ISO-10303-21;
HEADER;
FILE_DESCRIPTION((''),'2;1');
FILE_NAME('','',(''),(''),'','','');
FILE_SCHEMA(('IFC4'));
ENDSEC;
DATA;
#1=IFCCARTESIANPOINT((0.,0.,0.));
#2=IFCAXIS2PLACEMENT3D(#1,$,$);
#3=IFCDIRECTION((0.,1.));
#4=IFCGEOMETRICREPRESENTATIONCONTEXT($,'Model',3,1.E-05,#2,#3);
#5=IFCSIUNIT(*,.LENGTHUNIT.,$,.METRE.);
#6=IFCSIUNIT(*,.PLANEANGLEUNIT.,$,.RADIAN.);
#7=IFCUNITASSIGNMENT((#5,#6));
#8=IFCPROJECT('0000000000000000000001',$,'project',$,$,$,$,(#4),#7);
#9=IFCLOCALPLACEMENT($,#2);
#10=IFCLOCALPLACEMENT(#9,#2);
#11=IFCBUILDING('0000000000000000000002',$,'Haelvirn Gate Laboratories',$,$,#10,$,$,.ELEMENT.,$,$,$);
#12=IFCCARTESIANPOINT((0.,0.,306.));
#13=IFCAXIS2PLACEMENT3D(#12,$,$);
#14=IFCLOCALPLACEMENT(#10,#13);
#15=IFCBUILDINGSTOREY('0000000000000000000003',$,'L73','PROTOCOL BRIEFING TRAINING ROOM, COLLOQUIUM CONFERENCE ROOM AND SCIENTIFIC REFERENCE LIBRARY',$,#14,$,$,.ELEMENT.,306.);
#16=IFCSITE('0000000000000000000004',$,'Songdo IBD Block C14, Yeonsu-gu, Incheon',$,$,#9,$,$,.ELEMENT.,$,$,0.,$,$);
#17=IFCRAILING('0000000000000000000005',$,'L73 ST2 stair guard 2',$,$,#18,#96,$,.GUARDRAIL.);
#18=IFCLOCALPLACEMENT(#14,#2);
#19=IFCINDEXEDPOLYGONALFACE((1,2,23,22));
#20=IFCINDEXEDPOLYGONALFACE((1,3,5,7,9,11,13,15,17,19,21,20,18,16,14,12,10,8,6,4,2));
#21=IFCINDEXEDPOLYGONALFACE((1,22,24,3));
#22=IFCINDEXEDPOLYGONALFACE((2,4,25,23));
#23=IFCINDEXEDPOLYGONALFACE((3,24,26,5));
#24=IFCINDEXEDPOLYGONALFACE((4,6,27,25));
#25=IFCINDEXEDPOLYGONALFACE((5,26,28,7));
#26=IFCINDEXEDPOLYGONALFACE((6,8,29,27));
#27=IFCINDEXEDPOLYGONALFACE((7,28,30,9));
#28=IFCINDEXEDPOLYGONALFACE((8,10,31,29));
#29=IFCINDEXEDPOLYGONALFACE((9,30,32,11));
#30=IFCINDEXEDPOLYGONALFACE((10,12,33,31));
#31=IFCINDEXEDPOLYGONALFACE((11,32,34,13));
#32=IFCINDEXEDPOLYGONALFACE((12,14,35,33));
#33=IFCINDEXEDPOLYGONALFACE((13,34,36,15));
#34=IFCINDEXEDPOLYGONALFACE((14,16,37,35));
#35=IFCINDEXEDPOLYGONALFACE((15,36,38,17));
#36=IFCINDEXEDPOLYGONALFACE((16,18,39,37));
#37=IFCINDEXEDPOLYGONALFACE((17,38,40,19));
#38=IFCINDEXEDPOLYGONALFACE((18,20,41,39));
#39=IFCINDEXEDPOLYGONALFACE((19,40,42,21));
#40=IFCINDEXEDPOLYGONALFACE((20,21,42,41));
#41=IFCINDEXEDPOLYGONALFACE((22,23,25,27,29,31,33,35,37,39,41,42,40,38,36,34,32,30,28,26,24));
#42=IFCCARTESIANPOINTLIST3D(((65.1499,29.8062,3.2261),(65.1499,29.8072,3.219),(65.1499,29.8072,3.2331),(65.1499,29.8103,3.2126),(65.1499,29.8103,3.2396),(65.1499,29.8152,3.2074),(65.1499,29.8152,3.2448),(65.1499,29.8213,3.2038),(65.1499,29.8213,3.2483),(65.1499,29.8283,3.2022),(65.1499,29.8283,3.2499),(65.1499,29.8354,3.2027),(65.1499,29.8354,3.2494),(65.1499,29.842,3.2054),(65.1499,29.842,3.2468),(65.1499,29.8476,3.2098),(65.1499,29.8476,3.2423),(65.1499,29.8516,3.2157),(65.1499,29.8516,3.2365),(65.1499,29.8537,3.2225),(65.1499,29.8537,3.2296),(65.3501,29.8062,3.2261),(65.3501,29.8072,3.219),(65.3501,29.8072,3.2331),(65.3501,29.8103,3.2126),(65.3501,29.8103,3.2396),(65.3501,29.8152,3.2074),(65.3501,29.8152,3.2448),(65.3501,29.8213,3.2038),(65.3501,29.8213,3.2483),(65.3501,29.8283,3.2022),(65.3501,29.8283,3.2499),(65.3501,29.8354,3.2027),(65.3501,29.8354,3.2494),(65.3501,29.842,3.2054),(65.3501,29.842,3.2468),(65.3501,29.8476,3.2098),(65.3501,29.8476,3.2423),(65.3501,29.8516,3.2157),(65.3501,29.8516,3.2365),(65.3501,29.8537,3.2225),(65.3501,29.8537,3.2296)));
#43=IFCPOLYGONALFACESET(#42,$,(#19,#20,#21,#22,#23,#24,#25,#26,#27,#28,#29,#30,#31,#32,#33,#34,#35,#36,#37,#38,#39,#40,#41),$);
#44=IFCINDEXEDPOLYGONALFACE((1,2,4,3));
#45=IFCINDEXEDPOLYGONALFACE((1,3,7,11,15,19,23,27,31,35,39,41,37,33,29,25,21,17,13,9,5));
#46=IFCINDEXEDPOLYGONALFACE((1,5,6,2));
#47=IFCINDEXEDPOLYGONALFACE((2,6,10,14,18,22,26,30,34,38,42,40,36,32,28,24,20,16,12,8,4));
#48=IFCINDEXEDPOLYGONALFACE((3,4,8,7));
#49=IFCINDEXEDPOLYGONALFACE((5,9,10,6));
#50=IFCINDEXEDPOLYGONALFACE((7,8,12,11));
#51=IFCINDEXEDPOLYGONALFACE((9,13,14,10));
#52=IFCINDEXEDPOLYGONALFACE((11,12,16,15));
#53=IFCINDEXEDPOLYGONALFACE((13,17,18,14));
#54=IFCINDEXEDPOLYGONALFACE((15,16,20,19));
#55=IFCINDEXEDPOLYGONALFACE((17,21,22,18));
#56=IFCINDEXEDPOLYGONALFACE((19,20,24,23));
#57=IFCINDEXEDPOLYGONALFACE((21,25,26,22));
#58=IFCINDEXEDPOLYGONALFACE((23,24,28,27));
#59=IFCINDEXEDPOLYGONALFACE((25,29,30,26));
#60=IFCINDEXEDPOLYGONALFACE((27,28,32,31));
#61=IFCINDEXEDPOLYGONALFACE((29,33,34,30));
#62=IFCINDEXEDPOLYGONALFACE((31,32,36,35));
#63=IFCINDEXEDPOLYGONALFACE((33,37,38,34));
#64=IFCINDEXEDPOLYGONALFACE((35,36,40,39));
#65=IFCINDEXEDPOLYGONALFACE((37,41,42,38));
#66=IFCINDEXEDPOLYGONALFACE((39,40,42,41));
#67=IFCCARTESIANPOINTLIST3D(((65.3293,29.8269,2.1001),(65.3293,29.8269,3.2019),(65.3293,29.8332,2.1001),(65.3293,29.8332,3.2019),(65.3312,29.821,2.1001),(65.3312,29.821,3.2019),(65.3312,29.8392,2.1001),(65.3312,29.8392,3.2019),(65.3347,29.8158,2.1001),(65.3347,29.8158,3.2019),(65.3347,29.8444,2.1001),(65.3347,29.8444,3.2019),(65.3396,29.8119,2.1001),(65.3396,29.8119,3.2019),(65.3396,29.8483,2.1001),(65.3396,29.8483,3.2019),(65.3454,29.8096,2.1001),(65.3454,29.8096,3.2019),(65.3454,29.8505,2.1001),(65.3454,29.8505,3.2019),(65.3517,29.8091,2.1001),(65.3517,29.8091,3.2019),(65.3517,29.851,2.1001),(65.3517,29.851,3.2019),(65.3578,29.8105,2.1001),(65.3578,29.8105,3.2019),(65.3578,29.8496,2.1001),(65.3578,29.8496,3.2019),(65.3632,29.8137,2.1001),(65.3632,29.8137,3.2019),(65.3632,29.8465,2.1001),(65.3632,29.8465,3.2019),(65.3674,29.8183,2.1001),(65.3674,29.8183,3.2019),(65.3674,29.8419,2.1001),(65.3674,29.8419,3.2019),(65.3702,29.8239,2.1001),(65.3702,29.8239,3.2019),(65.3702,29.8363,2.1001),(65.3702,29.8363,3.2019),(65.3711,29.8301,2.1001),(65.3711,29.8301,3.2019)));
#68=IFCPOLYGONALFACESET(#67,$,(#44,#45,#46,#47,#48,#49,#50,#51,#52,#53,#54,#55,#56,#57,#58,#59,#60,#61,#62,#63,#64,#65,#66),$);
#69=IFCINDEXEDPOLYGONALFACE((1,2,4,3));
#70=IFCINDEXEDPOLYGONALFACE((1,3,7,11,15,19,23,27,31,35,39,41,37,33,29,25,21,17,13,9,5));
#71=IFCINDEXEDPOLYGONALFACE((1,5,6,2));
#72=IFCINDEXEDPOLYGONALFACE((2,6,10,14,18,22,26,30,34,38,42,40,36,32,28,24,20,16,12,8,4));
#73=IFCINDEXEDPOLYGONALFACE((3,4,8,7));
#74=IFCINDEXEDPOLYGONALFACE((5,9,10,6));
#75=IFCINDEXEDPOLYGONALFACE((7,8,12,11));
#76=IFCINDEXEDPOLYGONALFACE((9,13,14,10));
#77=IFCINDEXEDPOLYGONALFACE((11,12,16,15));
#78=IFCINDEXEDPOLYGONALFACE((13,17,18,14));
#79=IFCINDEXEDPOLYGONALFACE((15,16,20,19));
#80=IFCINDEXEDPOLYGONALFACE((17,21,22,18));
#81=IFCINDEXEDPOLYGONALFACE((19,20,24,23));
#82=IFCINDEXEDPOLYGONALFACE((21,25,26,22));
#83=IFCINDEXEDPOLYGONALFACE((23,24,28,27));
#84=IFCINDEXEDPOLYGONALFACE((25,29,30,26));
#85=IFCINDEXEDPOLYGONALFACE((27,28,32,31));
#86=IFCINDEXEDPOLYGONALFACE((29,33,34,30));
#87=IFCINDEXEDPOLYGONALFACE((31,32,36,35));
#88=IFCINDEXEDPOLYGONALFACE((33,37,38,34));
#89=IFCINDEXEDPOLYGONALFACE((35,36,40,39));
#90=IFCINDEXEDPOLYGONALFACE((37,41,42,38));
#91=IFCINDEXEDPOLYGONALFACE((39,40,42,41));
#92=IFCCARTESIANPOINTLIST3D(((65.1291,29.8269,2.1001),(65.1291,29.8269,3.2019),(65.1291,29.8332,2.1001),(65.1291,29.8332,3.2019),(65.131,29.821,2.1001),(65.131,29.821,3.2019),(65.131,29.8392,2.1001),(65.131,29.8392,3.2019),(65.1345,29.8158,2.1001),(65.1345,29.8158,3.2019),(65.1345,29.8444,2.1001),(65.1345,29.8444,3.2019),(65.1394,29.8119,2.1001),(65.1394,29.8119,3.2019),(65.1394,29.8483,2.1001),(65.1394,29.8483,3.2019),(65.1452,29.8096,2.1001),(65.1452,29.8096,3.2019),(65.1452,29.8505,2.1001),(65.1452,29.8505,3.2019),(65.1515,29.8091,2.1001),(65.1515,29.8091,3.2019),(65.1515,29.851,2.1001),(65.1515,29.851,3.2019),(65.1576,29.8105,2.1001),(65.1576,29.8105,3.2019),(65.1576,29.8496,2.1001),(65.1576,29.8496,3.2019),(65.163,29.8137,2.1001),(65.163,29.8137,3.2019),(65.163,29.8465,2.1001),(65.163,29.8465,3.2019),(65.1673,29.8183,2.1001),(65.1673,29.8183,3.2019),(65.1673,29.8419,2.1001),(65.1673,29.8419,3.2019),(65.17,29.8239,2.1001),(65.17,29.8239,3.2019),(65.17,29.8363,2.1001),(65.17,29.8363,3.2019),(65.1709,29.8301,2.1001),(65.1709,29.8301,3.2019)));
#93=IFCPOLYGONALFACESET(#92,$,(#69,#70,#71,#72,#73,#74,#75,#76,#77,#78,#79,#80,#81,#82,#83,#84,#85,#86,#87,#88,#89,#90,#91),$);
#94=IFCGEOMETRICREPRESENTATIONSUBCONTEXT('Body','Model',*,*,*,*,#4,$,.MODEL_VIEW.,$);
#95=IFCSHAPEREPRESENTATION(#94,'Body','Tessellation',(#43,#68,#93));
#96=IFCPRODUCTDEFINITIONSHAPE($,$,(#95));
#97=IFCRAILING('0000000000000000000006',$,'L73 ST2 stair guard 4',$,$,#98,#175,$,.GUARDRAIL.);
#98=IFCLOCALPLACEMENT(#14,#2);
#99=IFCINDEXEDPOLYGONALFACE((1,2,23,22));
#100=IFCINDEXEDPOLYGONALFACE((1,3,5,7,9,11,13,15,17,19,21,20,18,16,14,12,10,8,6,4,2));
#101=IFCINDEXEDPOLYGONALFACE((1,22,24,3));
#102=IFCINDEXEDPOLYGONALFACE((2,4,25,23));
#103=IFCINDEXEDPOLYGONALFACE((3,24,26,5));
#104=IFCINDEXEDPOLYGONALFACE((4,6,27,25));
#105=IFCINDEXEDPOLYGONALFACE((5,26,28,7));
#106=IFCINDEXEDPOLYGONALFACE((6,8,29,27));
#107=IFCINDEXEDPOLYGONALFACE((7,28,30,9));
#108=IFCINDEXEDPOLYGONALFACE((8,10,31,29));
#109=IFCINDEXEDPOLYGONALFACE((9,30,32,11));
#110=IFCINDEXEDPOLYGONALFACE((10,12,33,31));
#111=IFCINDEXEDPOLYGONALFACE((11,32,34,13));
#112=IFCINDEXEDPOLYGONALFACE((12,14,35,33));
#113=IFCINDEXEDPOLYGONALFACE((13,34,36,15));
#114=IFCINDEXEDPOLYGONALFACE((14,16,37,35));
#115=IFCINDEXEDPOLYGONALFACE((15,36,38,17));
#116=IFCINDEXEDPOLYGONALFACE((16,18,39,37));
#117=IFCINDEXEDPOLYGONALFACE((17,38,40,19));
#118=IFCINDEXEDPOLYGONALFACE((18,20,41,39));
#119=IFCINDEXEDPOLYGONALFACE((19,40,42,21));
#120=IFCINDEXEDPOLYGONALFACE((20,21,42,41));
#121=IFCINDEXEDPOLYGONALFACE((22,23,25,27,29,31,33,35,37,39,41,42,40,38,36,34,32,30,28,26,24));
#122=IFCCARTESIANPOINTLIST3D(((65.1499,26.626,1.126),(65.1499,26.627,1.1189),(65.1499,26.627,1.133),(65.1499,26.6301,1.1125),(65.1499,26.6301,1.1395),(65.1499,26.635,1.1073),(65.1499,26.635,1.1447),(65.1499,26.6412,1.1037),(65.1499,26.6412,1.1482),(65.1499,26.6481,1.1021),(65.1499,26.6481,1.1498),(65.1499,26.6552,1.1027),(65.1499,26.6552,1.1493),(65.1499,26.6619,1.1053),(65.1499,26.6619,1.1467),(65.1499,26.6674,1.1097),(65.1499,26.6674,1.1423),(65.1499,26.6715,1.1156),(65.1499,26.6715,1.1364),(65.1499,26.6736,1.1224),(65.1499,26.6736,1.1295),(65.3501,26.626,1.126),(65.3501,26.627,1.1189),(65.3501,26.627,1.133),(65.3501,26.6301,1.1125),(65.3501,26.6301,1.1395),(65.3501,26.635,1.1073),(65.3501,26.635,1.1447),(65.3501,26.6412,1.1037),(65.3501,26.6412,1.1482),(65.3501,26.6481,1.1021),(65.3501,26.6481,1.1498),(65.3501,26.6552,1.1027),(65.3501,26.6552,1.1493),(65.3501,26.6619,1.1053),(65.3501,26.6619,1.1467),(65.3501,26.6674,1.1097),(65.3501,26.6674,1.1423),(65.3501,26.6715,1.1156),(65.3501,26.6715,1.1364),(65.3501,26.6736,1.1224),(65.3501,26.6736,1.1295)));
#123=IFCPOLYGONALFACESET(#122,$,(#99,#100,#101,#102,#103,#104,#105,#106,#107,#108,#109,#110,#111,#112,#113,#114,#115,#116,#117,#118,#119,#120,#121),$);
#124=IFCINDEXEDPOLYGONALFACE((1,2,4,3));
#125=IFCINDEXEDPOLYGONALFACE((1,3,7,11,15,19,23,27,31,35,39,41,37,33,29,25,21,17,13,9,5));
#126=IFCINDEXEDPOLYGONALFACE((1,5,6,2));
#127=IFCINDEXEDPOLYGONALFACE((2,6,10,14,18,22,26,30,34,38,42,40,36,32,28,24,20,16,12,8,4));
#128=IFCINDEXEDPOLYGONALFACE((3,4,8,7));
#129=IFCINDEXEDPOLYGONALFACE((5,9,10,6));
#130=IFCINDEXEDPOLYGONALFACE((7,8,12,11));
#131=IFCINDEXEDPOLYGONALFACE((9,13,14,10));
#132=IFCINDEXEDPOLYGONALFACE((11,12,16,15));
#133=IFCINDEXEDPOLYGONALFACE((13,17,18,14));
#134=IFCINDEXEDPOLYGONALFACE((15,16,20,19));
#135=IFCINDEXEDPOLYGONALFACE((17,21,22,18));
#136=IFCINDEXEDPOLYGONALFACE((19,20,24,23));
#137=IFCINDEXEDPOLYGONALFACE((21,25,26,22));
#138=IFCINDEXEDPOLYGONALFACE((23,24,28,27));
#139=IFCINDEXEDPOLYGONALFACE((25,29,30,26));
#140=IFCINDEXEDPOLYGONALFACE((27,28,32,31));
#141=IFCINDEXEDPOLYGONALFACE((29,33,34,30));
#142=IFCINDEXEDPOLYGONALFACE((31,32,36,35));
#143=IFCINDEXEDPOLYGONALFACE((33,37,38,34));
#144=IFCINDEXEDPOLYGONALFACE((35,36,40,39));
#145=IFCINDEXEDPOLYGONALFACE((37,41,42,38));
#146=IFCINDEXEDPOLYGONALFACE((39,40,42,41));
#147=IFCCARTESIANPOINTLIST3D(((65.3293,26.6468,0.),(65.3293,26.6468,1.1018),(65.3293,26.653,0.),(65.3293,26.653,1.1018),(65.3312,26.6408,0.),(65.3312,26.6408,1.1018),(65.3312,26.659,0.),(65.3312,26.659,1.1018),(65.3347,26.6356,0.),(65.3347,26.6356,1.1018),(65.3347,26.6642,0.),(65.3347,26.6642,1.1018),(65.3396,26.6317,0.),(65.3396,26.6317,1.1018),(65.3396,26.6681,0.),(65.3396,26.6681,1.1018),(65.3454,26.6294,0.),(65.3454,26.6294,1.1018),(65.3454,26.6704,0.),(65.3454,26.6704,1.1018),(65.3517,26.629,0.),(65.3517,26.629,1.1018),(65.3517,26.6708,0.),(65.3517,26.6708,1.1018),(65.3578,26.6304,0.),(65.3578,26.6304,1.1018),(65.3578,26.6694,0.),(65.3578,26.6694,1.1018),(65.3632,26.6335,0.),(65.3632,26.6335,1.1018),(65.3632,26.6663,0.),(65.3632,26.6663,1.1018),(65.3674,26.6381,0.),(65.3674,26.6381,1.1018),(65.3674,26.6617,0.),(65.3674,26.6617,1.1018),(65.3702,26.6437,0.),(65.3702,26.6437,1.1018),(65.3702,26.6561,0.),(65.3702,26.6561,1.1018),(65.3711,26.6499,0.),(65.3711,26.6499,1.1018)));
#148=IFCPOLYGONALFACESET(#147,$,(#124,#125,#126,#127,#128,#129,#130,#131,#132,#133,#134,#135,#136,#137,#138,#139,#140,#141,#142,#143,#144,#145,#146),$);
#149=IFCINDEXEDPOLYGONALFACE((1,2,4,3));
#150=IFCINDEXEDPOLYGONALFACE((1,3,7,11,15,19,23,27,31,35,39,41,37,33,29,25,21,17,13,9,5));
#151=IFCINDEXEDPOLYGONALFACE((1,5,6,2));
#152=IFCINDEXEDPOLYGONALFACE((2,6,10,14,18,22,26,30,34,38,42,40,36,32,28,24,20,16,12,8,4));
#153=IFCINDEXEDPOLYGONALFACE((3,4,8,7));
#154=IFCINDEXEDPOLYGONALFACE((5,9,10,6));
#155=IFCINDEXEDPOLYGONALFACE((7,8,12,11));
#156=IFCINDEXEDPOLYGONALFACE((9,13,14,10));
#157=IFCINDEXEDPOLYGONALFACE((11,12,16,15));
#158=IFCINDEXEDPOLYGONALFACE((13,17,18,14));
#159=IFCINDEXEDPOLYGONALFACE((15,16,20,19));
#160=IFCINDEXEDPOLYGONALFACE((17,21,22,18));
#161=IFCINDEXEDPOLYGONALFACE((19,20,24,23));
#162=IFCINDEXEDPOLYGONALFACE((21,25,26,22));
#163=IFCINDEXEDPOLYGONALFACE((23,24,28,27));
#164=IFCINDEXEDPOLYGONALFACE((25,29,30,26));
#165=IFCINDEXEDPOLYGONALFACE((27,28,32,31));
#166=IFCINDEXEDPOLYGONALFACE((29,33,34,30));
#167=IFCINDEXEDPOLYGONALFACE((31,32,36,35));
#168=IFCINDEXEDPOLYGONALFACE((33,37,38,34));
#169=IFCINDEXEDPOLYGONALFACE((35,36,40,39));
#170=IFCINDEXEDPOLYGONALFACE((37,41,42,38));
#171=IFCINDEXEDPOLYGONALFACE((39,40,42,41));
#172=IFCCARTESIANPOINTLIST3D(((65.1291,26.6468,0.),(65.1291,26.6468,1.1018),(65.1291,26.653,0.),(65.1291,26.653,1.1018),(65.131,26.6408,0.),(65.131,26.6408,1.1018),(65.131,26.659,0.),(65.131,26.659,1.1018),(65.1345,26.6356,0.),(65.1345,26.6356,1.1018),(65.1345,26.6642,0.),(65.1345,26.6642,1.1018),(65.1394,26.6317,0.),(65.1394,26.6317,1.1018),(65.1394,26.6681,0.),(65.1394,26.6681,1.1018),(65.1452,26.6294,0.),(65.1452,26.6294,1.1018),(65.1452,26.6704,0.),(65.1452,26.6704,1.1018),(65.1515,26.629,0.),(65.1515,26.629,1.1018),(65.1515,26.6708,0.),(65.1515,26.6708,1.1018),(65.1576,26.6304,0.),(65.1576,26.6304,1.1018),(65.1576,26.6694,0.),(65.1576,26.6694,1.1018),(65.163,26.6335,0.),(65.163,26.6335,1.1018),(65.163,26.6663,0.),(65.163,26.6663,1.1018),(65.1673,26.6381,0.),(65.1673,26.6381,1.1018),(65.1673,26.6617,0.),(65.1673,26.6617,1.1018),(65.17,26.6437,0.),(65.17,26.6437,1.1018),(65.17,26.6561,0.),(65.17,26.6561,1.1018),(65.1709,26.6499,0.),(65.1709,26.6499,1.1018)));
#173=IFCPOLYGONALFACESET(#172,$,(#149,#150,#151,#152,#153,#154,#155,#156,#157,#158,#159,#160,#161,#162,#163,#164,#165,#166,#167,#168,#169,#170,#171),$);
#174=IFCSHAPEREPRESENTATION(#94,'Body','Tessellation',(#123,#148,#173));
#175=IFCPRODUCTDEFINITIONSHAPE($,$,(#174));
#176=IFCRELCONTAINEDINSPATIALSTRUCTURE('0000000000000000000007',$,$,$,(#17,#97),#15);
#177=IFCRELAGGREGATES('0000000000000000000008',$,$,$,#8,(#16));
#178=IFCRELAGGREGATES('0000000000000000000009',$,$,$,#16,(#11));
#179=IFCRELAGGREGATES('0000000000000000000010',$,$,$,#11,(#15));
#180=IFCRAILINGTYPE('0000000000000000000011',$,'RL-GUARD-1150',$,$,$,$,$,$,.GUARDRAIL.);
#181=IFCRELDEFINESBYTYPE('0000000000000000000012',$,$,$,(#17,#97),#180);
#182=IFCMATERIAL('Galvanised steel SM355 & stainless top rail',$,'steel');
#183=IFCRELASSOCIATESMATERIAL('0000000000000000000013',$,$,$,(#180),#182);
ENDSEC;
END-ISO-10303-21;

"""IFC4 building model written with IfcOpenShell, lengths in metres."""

from ifc_helpers import new_model, si_unit, direction, frame, origin, origin_2d, place, context, subcontext, project, spatial, circle, extrude, source, transform, mapped, material, type_object, element, save


model = new_model("IFC4")

# Units and contexts
model_context = context("Model", 3, precision=1e-05, world=origin(), true_north=direction((0.0, 1.0)))
body_context = subcontext(model_context, "Body", "Model", "MODEL_VIEW")
ifc_project = project(units=[si_unit("LENGTHUNIT", "METRE"), si_unit("PLANEANGLEUNIT", "RADIAN")], contexts=[model_context])

# Site, building, storey
site_placement = place(None, origin())
site = spatial("IfcSite", under=ifc_project, at=site_placement, Name="Songdo IBD Block C14, Yeonsu-gu, Incheon", CompositionType="ELEMENT", RefElevation=0.0)
building_placement = place(site_placement, origin())
building = spatial("IfcBuilding", under=site, at=building_placement, Name="Haelvirn Gate Laboratories", CompositionType="ELEMENT")
storey_placement = place(building_placement, frame((0.0, 0.0, 306.0)))
storey = spatial("IfcBuildingStorey", under=building, at=storey_placement, Name="L73", Description="PROTOCOL BRIEFING TRAINING ROOM, COLLOQUIUM CONFERENCE ROOM AND SCIENTIFIC REFERENCE LIBRARY", CompositionType="ELEMENT", Elevation=306.0)

# Railings
ifc_material_1 = material(Name="Galvanised steel SM355 & stainless top rail", Category="steel")
railing_type_1 = type_object("IfcRailingType", Name="RL-GUARD-1150", PredefinedType="GUARDRAIL", material=ifc_material_1)
shared_shape_1 = source(origin(), body_context, "Body", "SweptSolid", [
    extrude(circle(Radius=0.0239, at=origin_2d()), frame((0.0, 0.0, 1.126), z_axis=(-1.0, 0.0, 0.0), x_axis=(0.0, -1.0, 0.0)), (0.0, 0.0, 1.0), 0.2002),
    extrude(circle(Radius=0.021, at=origin_2d()), origin(), (0.0, 0.0, 1.0), 1.1018),
    extrude(circle(Radius=0.021, at=origin_2d()), frame((-0.2002, 0.0, 0.0)), (0.0, 0.0, 1.0), 1.1018),
])
for number, where, name in (
    (1, (65.3501, 29.8301, 2.1001), "L73 ST2 stair guard 2"),
    (2, (65.3501, 26.6499, 0.0), "L73 ST2 stair guard 4"),
):
    element("IfcRailing", number, at=place(storey_placement, frame(where)), inside=storey, type_object=railing_type_1, Name=name, PredefinedType="GUARDRAIL", context=body_context, shape_type="MappedRepresentation", body=[
        mapped(shared_shape_1, transform((0.0, 0.0, 0.0), scale=1.0)),
    ])

save(model, "model.ifc")
